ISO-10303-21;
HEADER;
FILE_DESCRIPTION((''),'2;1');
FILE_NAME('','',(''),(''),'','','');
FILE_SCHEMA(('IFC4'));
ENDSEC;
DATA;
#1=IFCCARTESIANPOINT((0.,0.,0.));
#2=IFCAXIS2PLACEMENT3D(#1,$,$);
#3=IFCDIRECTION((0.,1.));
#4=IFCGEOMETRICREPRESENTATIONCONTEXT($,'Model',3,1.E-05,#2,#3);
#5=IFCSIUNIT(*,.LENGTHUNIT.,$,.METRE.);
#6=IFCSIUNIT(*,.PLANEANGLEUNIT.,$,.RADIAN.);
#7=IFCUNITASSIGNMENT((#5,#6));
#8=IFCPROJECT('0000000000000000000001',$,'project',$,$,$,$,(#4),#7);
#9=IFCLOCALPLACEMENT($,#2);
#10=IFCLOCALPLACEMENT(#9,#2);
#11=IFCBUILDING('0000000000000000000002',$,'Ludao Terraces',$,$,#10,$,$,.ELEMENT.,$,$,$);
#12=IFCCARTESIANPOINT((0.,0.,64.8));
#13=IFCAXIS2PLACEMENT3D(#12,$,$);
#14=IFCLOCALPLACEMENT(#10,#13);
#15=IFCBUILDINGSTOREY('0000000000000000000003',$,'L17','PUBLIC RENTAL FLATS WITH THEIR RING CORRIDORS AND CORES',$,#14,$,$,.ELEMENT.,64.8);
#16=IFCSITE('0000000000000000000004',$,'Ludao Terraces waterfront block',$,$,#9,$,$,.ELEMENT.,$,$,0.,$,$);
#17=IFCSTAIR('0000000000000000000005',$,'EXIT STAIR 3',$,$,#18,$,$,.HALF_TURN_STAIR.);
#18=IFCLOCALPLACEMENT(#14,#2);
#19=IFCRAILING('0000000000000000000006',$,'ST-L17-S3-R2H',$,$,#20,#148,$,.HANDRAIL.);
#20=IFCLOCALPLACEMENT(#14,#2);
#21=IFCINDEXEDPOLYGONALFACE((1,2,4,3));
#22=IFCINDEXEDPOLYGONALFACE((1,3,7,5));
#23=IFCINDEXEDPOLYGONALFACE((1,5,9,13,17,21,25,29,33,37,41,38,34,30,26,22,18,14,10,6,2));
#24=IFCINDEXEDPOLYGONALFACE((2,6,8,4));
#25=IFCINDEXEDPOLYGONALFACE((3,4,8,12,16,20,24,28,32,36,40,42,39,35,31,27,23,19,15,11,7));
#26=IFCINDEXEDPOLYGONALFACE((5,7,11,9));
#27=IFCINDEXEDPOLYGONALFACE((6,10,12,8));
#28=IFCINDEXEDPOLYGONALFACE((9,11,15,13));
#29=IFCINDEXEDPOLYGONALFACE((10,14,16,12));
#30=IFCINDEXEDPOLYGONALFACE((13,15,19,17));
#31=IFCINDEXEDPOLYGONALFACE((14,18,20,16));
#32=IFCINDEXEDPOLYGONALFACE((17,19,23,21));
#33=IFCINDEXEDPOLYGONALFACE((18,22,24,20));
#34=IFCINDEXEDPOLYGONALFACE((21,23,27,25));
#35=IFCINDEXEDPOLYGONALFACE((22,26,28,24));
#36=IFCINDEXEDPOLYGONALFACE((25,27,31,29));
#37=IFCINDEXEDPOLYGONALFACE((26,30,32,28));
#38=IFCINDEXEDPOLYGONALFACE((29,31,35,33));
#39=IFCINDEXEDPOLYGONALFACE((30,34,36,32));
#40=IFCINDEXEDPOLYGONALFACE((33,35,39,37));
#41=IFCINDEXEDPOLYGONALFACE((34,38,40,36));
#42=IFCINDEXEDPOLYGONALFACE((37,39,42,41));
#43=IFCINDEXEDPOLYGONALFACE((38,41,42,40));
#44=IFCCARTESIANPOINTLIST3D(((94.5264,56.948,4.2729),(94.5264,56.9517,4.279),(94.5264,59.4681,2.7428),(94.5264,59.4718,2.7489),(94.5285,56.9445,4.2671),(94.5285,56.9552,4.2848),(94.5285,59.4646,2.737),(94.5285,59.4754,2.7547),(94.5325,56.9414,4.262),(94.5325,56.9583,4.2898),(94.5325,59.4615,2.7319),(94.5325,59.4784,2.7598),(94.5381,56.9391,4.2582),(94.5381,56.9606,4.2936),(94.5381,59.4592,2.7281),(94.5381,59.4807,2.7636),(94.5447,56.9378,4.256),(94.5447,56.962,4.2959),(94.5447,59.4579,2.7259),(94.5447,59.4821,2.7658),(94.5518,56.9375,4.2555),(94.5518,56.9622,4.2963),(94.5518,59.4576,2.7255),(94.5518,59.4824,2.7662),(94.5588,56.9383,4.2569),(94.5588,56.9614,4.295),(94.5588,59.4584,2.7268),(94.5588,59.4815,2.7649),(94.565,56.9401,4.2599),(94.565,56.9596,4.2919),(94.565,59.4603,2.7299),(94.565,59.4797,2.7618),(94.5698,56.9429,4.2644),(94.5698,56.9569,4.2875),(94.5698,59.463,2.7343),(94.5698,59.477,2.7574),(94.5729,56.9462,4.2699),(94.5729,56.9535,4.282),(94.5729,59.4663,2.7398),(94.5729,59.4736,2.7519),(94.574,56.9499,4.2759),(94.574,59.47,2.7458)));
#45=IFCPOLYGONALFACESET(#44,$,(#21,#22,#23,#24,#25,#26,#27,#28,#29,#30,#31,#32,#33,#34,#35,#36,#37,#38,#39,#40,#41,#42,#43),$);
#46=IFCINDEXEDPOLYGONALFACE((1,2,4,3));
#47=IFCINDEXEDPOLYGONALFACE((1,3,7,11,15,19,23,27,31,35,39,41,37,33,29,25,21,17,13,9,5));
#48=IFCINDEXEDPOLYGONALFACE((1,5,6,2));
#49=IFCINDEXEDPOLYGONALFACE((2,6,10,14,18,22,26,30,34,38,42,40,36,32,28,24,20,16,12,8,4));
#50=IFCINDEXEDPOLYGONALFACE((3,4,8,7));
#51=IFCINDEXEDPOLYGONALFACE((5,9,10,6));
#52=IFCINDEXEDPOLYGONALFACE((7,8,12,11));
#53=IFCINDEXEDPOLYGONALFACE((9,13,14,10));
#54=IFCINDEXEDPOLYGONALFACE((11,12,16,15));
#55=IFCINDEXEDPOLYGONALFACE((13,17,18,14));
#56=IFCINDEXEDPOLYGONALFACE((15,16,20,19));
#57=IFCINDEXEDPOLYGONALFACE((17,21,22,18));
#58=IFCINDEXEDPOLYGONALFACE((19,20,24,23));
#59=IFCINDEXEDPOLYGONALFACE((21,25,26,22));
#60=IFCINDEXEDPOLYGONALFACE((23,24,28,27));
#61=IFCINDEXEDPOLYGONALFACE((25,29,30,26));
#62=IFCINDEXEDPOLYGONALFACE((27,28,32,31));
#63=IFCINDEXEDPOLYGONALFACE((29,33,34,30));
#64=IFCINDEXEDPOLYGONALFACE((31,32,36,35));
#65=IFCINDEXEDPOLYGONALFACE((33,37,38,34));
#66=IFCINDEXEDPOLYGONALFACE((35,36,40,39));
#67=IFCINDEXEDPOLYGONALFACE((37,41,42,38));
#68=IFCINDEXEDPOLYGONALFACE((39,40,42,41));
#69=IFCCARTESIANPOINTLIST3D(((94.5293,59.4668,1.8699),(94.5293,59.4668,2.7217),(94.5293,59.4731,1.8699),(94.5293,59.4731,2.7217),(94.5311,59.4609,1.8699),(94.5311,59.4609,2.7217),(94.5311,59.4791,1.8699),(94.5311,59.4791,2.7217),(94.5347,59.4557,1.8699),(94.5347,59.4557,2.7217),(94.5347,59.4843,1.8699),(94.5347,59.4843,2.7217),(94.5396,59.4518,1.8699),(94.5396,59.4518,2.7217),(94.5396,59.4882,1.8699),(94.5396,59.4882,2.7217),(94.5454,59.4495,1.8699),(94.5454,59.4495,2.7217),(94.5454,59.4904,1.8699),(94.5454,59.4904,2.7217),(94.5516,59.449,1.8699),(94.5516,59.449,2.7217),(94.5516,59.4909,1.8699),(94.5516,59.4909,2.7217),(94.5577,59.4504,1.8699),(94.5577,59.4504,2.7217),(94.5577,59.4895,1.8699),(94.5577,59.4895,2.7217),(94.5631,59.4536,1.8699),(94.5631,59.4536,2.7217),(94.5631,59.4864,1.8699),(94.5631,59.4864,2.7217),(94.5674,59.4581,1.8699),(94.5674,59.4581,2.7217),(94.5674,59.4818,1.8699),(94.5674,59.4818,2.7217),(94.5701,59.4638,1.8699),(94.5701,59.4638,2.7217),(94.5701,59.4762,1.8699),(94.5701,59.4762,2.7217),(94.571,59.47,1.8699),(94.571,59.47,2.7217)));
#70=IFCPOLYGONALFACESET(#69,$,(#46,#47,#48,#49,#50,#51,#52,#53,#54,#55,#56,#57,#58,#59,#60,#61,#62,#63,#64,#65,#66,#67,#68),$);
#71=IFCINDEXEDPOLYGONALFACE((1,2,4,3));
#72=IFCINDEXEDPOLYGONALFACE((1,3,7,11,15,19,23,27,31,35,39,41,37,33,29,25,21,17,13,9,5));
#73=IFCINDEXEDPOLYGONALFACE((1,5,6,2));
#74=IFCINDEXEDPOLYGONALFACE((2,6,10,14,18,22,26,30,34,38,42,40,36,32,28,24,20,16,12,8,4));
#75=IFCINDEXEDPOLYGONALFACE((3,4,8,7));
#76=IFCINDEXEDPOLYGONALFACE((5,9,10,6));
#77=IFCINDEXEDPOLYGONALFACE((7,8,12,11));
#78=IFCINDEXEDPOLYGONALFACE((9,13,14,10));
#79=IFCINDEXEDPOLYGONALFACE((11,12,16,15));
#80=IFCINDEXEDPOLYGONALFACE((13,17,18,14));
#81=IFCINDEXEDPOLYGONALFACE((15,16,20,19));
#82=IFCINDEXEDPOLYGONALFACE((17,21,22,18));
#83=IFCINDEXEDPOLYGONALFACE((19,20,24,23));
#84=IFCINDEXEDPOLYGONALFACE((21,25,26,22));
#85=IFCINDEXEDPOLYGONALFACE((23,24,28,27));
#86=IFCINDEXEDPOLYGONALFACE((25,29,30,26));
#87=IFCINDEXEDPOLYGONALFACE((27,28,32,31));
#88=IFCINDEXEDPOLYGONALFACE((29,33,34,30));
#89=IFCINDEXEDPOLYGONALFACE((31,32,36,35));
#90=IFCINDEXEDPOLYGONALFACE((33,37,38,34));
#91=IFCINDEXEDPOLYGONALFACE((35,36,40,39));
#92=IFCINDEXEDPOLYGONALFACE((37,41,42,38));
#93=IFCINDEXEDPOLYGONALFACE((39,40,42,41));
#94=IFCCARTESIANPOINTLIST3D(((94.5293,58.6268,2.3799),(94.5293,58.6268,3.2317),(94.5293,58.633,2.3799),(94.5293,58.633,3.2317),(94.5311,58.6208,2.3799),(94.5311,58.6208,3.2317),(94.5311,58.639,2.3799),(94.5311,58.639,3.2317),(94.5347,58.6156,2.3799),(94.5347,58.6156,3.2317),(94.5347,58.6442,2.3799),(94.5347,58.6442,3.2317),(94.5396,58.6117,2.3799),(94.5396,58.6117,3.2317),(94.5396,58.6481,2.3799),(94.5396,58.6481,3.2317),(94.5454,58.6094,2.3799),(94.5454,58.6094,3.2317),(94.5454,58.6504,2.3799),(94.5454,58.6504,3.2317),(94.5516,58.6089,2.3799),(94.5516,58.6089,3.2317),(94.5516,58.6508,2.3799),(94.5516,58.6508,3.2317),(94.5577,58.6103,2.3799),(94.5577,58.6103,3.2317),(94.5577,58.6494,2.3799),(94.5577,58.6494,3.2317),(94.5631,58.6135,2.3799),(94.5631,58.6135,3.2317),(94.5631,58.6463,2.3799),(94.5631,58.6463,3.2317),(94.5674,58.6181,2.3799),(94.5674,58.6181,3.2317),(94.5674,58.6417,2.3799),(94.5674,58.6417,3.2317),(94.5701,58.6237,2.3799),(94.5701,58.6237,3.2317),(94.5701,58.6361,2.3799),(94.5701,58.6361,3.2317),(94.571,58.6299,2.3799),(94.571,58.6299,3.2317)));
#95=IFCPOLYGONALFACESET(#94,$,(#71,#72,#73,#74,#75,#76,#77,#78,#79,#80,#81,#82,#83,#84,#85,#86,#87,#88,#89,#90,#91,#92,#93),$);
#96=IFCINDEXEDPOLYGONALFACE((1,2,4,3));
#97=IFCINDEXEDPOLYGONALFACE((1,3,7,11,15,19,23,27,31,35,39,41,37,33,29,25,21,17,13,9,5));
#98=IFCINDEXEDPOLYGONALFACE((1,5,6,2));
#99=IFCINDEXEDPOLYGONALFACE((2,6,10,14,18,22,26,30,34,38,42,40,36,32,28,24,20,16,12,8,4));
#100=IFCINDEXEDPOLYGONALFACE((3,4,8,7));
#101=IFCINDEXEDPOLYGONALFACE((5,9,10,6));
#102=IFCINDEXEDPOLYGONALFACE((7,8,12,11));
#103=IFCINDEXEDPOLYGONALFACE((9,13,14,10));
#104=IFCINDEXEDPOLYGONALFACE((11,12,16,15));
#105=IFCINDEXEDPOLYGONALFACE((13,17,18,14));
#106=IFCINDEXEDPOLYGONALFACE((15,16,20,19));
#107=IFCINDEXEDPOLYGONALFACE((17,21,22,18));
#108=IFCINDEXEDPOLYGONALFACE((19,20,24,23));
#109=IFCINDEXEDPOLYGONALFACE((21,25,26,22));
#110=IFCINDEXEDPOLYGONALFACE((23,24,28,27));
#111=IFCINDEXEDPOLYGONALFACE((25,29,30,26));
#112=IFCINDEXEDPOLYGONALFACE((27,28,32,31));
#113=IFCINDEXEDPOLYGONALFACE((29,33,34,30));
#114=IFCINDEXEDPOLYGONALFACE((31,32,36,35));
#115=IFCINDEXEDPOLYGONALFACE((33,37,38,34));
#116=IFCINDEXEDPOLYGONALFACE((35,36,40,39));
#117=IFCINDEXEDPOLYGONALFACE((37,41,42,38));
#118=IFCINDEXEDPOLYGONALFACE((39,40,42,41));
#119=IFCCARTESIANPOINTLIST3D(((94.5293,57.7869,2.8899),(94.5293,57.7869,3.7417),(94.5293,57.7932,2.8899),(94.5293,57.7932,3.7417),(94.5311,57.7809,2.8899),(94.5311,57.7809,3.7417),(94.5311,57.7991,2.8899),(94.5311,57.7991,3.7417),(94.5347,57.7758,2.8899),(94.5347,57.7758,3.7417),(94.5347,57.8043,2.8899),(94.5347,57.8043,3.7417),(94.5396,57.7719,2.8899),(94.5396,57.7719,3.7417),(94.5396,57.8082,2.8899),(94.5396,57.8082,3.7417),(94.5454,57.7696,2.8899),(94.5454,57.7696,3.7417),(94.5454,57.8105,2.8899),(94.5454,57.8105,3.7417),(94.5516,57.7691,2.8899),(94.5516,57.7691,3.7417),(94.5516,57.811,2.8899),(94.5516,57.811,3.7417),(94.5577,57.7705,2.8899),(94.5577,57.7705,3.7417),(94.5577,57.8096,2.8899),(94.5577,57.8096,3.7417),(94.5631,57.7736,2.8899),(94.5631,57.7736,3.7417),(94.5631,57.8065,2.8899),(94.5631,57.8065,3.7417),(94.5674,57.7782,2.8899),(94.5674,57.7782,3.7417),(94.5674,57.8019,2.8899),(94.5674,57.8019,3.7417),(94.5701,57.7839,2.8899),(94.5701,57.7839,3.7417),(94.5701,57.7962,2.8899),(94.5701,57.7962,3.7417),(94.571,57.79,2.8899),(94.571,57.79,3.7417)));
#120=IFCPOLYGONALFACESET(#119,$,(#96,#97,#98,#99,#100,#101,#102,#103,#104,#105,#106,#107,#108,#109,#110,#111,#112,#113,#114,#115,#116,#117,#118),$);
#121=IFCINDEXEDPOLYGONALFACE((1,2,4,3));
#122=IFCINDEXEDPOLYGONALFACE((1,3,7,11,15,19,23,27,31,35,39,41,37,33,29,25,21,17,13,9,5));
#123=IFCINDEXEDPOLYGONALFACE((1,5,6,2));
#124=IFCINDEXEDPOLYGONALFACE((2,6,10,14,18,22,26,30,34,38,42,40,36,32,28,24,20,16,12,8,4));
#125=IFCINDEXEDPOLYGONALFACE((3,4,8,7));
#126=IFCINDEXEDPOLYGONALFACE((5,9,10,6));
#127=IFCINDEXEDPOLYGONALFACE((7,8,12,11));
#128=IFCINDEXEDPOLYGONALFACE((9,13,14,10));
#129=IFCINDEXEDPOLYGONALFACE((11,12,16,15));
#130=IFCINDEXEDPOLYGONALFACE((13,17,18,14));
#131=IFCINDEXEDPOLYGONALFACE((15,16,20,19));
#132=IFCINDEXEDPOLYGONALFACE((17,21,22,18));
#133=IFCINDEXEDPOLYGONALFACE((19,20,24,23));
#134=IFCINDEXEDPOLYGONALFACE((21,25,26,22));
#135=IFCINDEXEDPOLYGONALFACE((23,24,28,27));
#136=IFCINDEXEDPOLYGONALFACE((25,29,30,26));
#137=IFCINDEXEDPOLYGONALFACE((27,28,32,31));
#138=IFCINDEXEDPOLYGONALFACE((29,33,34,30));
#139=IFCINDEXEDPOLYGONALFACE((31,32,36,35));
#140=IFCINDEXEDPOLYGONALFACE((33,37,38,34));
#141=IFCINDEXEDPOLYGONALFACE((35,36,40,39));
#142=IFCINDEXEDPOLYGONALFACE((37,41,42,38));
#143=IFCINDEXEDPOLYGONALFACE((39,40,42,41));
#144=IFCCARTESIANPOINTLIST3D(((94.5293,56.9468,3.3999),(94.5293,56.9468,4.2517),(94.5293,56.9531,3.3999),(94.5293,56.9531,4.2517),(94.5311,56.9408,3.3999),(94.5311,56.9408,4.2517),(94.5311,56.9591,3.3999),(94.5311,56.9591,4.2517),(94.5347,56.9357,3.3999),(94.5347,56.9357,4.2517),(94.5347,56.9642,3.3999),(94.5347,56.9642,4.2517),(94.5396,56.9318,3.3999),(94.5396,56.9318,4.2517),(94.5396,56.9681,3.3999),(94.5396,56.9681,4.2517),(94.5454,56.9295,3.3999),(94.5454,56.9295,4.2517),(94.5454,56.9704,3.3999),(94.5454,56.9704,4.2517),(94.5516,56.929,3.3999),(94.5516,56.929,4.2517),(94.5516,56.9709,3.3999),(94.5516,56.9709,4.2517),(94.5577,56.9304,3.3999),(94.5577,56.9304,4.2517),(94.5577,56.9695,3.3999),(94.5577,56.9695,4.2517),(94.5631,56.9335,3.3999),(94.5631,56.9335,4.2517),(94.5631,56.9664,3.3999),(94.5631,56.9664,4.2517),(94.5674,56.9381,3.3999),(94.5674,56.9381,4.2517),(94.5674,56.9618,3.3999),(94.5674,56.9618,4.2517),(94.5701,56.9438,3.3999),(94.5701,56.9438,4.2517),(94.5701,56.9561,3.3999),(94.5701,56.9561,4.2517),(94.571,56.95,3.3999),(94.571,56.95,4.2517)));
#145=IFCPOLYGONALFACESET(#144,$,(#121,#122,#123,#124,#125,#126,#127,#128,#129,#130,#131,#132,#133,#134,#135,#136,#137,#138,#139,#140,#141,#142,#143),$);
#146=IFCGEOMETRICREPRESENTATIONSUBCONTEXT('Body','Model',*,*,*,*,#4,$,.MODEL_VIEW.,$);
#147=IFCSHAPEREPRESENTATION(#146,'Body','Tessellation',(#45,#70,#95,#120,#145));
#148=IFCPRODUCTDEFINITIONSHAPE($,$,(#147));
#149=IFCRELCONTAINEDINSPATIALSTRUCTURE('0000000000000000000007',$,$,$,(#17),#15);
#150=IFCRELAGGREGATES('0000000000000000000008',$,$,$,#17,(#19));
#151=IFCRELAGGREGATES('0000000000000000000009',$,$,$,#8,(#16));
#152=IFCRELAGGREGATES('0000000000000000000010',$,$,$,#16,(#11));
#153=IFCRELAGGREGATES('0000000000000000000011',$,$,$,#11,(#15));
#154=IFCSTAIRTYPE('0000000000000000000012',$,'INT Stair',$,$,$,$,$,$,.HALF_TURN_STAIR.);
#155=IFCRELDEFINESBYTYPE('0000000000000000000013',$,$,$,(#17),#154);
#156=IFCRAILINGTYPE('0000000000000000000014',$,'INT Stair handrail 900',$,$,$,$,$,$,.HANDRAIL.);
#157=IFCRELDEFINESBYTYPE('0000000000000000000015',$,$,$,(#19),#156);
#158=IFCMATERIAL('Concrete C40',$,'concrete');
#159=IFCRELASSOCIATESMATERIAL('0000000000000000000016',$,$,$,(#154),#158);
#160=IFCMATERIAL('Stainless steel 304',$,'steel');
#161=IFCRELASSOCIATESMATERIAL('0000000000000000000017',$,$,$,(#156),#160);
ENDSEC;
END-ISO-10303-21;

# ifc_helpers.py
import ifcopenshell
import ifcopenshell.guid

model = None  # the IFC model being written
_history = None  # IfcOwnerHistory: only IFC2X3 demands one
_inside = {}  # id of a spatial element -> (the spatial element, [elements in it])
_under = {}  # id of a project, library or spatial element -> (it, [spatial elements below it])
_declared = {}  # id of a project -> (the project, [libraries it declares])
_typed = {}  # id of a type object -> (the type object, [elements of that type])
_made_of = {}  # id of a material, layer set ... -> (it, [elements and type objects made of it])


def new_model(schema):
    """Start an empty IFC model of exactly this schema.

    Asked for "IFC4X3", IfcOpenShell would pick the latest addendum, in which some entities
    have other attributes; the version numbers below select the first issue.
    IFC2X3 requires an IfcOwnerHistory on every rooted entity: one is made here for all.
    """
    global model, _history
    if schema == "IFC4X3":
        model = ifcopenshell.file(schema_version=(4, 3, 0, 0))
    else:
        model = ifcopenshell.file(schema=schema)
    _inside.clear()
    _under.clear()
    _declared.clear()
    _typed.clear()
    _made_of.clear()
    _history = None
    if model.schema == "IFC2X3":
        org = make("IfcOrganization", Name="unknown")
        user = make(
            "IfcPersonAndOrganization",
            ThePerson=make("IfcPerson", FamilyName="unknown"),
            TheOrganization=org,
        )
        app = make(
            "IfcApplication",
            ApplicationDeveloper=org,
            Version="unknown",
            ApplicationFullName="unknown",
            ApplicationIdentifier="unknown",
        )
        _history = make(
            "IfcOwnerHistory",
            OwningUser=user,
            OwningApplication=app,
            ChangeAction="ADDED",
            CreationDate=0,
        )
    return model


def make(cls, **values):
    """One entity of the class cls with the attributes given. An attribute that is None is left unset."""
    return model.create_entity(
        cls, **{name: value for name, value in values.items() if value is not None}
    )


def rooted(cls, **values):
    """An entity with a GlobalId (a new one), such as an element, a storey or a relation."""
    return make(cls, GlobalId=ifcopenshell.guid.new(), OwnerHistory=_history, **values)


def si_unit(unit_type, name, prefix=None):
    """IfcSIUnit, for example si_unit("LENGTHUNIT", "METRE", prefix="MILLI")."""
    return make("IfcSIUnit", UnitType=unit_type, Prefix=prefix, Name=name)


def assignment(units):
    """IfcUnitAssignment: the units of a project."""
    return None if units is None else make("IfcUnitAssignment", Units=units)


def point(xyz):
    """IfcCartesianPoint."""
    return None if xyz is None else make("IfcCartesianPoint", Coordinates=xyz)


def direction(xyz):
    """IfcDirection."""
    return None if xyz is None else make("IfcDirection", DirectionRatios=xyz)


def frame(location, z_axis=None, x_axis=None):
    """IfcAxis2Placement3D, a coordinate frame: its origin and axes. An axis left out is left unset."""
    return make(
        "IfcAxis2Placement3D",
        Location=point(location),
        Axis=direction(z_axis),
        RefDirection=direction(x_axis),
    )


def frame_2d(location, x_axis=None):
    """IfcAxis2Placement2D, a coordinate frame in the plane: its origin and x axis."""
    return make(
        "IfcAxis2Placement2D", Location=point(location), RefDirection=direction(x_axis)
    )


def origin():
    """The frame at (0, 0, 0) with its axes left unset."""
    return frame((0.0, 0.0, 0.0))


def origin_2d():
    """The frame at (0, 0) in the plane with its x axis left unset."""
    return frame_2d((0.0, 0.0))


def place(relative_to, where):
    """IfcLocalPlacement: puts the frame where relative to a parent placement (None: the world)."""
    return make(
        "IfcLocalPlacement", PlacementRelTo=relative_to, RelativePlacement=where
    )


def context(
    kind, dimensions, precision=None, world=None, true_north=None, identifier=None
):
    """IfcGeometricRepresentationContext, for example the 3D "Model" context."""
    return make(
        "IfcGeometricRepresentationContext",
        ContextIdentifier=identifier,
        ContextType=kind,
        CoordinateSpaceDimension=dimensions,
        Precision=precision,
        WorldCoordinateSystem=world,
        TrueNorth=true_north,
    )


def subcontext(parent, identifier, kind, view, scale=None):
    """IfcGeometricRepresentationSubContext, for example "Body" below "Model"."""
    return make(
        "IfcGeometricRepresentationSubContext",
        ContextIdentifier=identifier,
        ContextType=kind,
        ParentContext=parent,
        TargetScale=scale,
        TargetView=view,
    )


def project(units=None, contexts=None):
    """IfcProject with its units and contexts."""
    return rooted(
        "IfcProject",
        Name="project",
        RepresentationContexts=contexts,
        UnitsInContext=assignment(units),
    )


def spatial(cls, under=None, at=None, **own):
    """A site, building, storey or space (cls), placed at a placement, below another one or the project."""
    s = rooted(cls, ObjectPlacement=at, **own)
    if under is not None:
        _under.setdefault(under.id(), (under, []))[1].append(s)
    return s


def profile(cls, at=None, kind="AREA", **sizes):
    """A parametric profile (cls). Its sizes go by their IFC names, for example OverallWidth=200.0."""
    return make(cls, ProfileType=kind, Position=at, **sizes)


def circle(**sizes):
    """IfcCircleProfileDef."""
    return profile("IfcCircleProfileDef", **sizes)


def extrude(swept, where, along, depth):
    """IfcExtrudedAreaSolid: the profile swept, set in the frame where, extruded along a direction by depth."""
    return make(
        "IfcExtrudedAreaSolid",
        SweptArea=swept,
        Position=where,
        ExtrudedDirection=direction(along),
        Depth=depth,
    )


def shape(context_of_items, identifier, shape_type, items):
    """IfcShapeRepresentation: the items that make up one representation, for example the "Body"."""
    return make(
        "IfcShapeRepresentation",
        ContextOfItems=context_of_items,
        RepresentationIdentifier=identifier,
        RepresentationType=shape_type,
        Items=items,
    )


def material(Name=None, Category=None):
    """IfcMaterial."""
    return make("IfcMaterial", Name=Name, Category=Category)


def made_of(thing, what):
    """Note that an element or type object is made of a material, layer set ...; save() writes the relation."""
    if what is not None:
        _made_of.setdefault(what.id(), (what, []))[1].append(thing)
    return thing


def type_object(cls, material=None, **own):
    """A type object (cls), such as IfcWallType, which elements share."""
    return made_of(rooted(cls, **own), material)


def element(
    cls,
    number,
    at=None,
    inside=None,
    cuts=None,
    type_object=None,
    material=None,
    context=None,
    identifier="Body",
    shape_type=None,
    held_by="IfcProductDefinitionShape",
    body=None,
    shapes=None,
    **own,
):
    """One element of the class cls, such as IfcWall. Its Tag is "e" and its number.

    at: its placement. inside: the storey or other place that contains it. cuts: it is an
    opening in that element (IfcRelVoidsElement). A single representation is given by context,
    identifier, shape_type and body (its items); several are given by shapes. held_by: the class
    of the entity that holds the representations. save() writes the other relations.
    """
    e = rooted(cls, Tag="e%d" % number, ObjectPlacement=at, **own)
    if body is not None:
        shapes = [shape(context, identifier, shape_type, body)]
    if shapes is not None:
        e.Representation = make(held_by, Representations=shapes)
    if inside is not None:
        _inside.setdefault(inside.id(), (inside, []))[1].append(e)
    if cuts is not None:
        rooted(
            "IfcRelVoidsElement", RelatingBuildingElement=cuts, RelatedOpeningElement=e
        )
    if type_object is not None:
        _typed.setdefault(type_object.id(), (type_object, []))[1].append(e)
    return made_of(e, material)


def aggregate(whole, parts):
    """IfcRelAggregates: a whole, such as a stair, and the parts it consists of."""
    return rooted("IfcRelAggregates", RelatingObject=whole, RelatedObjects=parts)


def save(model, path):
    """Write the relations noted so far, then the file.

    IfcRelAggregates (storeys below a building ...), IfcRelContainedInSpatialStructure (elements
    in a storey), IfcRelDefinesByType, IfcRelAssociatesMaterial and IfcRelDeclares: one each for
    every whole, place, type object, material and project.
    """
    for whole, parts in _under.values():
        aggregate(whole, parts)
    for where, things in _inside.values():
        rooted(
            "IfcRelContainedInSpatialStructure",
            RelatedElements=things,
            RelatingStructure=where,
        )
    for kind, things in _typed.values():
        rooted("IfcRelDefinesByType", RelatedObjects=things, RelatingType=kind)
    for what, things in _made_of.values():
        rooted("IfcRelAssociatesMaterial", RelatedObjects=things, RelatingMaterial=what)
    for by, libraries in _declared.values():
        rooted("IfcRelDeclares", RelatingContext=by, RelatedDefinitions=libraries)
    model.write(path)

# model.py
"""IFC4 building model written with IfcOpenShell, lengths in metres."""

from ifc_helpers import new_model, si_unit, direction, frame, origin, origin_2d, place, context, subcontext, project, spatial, circle, extrude, material, type_object, element, aggregate, save


model = new_model("IFC4")

# Units and contexts
model_context = context("Model", 3, precision=1e-05, world=origin(), true_north=direction((0.0, 1.0)))
body_context = subcontext(model_context, "Body", "Model", "MODEL_VIEW")
ifc_project = project(units=[si_unit("LENGTHUNIT", "METRE"), si_unit("PLANEANGLEUNIT", "RADIAN")], contexts=[model_context])

# Site, building, storey
site_placement = place(None, origin())
site = spatial("IfcSite", under=ifc_project, at=site_placement, Name="Ludao Terraces waterfront block", CompositionType="ELEMENT", RefElevation=0.0)
building_placement = place(site_placement, origin())
building = spatial("IfcBuilding", under=site, at=building_placement, Name="Ludao Terraces", CompositionType="ELEMENT")
storey_placement = place(building_placement, frame((0.0, 0.0, 64.8)))
storey = spatial("IfcBuildingStorey", under=building, at=storey_placement, Name="L17", Description="PUBLIC RENTAL FLATS WITH THEIR RING CORRIDORS AND CORES", CompositionType="ELEMENT", Elevation=64.8)

# Stair, railing
ifc_material_1 = material(Name="Concrete C40", Category="concrete")
stair_type = type_object("IfcStairType", Name="INT Stair", PredefinedType="HALF_TURN_STAIR", material=ifc_material_1)
stair_placement = place(storey_placement, origin())
stair = element("IfcStair", 1, at=stair_placement, inside=storey, type_object=stair_type, Name="EXIT STAIR 3", PredefinedType="HALF_TURN_STAIR")
ifc_material_2 = material(Name="Stainless steel 304", Category="steel")
railing_type_1 = type_object("IfcRailingType", Name="INT Stair handrail 900", PredefinedType="HANDRAIL", material=ifc_material_2)
railing_1_placement = place(storey_placement, frame((94.55, 59.47, 1.8699)))
railing_1 = element("IfcRailing", 2, at=railing_1_placement, type_object=railing_type_1, Name="ST-L17-S3-R2H", PredefinedType="HANDRAIL", context=body_context, shape_type="SweptSolid", body=[
    extrude(circle(Radius=0.0239, at=origin_2d()), frame((0.0, 0.0, 0.876), z_axis=(0.0, -0.854785, 0.518982), x_axis=(1.0, 0.0, 0.0)), (0.0, 0.0, 1.0), 2.9482),
    extrude(circle(Radius=0.021, at=origin_2d()), origin(), (0.0, 0.0, 1.0), 0.8518),
    extrude(circle(Radius=0.021, at=origin_2d()), frame((0.0, -0.8401, 0.51)), (0.0, 0.0, 1.0), 0.8518),
    extrude(circle(Radius=0.021, at=origin_2d()), frame((0.0, -1.6799, 1.02)), (0.0, 0.0, 1.0), 0.8518),
    extrude(circle(Radius=0.021, at=origin_2d()), frame((0.0, -2.52, 1.53)), (0.0, 0.0, 1.0), 0.8518),
])
aggregate(stair, [railing_1])

save(model, "model.ifc")
